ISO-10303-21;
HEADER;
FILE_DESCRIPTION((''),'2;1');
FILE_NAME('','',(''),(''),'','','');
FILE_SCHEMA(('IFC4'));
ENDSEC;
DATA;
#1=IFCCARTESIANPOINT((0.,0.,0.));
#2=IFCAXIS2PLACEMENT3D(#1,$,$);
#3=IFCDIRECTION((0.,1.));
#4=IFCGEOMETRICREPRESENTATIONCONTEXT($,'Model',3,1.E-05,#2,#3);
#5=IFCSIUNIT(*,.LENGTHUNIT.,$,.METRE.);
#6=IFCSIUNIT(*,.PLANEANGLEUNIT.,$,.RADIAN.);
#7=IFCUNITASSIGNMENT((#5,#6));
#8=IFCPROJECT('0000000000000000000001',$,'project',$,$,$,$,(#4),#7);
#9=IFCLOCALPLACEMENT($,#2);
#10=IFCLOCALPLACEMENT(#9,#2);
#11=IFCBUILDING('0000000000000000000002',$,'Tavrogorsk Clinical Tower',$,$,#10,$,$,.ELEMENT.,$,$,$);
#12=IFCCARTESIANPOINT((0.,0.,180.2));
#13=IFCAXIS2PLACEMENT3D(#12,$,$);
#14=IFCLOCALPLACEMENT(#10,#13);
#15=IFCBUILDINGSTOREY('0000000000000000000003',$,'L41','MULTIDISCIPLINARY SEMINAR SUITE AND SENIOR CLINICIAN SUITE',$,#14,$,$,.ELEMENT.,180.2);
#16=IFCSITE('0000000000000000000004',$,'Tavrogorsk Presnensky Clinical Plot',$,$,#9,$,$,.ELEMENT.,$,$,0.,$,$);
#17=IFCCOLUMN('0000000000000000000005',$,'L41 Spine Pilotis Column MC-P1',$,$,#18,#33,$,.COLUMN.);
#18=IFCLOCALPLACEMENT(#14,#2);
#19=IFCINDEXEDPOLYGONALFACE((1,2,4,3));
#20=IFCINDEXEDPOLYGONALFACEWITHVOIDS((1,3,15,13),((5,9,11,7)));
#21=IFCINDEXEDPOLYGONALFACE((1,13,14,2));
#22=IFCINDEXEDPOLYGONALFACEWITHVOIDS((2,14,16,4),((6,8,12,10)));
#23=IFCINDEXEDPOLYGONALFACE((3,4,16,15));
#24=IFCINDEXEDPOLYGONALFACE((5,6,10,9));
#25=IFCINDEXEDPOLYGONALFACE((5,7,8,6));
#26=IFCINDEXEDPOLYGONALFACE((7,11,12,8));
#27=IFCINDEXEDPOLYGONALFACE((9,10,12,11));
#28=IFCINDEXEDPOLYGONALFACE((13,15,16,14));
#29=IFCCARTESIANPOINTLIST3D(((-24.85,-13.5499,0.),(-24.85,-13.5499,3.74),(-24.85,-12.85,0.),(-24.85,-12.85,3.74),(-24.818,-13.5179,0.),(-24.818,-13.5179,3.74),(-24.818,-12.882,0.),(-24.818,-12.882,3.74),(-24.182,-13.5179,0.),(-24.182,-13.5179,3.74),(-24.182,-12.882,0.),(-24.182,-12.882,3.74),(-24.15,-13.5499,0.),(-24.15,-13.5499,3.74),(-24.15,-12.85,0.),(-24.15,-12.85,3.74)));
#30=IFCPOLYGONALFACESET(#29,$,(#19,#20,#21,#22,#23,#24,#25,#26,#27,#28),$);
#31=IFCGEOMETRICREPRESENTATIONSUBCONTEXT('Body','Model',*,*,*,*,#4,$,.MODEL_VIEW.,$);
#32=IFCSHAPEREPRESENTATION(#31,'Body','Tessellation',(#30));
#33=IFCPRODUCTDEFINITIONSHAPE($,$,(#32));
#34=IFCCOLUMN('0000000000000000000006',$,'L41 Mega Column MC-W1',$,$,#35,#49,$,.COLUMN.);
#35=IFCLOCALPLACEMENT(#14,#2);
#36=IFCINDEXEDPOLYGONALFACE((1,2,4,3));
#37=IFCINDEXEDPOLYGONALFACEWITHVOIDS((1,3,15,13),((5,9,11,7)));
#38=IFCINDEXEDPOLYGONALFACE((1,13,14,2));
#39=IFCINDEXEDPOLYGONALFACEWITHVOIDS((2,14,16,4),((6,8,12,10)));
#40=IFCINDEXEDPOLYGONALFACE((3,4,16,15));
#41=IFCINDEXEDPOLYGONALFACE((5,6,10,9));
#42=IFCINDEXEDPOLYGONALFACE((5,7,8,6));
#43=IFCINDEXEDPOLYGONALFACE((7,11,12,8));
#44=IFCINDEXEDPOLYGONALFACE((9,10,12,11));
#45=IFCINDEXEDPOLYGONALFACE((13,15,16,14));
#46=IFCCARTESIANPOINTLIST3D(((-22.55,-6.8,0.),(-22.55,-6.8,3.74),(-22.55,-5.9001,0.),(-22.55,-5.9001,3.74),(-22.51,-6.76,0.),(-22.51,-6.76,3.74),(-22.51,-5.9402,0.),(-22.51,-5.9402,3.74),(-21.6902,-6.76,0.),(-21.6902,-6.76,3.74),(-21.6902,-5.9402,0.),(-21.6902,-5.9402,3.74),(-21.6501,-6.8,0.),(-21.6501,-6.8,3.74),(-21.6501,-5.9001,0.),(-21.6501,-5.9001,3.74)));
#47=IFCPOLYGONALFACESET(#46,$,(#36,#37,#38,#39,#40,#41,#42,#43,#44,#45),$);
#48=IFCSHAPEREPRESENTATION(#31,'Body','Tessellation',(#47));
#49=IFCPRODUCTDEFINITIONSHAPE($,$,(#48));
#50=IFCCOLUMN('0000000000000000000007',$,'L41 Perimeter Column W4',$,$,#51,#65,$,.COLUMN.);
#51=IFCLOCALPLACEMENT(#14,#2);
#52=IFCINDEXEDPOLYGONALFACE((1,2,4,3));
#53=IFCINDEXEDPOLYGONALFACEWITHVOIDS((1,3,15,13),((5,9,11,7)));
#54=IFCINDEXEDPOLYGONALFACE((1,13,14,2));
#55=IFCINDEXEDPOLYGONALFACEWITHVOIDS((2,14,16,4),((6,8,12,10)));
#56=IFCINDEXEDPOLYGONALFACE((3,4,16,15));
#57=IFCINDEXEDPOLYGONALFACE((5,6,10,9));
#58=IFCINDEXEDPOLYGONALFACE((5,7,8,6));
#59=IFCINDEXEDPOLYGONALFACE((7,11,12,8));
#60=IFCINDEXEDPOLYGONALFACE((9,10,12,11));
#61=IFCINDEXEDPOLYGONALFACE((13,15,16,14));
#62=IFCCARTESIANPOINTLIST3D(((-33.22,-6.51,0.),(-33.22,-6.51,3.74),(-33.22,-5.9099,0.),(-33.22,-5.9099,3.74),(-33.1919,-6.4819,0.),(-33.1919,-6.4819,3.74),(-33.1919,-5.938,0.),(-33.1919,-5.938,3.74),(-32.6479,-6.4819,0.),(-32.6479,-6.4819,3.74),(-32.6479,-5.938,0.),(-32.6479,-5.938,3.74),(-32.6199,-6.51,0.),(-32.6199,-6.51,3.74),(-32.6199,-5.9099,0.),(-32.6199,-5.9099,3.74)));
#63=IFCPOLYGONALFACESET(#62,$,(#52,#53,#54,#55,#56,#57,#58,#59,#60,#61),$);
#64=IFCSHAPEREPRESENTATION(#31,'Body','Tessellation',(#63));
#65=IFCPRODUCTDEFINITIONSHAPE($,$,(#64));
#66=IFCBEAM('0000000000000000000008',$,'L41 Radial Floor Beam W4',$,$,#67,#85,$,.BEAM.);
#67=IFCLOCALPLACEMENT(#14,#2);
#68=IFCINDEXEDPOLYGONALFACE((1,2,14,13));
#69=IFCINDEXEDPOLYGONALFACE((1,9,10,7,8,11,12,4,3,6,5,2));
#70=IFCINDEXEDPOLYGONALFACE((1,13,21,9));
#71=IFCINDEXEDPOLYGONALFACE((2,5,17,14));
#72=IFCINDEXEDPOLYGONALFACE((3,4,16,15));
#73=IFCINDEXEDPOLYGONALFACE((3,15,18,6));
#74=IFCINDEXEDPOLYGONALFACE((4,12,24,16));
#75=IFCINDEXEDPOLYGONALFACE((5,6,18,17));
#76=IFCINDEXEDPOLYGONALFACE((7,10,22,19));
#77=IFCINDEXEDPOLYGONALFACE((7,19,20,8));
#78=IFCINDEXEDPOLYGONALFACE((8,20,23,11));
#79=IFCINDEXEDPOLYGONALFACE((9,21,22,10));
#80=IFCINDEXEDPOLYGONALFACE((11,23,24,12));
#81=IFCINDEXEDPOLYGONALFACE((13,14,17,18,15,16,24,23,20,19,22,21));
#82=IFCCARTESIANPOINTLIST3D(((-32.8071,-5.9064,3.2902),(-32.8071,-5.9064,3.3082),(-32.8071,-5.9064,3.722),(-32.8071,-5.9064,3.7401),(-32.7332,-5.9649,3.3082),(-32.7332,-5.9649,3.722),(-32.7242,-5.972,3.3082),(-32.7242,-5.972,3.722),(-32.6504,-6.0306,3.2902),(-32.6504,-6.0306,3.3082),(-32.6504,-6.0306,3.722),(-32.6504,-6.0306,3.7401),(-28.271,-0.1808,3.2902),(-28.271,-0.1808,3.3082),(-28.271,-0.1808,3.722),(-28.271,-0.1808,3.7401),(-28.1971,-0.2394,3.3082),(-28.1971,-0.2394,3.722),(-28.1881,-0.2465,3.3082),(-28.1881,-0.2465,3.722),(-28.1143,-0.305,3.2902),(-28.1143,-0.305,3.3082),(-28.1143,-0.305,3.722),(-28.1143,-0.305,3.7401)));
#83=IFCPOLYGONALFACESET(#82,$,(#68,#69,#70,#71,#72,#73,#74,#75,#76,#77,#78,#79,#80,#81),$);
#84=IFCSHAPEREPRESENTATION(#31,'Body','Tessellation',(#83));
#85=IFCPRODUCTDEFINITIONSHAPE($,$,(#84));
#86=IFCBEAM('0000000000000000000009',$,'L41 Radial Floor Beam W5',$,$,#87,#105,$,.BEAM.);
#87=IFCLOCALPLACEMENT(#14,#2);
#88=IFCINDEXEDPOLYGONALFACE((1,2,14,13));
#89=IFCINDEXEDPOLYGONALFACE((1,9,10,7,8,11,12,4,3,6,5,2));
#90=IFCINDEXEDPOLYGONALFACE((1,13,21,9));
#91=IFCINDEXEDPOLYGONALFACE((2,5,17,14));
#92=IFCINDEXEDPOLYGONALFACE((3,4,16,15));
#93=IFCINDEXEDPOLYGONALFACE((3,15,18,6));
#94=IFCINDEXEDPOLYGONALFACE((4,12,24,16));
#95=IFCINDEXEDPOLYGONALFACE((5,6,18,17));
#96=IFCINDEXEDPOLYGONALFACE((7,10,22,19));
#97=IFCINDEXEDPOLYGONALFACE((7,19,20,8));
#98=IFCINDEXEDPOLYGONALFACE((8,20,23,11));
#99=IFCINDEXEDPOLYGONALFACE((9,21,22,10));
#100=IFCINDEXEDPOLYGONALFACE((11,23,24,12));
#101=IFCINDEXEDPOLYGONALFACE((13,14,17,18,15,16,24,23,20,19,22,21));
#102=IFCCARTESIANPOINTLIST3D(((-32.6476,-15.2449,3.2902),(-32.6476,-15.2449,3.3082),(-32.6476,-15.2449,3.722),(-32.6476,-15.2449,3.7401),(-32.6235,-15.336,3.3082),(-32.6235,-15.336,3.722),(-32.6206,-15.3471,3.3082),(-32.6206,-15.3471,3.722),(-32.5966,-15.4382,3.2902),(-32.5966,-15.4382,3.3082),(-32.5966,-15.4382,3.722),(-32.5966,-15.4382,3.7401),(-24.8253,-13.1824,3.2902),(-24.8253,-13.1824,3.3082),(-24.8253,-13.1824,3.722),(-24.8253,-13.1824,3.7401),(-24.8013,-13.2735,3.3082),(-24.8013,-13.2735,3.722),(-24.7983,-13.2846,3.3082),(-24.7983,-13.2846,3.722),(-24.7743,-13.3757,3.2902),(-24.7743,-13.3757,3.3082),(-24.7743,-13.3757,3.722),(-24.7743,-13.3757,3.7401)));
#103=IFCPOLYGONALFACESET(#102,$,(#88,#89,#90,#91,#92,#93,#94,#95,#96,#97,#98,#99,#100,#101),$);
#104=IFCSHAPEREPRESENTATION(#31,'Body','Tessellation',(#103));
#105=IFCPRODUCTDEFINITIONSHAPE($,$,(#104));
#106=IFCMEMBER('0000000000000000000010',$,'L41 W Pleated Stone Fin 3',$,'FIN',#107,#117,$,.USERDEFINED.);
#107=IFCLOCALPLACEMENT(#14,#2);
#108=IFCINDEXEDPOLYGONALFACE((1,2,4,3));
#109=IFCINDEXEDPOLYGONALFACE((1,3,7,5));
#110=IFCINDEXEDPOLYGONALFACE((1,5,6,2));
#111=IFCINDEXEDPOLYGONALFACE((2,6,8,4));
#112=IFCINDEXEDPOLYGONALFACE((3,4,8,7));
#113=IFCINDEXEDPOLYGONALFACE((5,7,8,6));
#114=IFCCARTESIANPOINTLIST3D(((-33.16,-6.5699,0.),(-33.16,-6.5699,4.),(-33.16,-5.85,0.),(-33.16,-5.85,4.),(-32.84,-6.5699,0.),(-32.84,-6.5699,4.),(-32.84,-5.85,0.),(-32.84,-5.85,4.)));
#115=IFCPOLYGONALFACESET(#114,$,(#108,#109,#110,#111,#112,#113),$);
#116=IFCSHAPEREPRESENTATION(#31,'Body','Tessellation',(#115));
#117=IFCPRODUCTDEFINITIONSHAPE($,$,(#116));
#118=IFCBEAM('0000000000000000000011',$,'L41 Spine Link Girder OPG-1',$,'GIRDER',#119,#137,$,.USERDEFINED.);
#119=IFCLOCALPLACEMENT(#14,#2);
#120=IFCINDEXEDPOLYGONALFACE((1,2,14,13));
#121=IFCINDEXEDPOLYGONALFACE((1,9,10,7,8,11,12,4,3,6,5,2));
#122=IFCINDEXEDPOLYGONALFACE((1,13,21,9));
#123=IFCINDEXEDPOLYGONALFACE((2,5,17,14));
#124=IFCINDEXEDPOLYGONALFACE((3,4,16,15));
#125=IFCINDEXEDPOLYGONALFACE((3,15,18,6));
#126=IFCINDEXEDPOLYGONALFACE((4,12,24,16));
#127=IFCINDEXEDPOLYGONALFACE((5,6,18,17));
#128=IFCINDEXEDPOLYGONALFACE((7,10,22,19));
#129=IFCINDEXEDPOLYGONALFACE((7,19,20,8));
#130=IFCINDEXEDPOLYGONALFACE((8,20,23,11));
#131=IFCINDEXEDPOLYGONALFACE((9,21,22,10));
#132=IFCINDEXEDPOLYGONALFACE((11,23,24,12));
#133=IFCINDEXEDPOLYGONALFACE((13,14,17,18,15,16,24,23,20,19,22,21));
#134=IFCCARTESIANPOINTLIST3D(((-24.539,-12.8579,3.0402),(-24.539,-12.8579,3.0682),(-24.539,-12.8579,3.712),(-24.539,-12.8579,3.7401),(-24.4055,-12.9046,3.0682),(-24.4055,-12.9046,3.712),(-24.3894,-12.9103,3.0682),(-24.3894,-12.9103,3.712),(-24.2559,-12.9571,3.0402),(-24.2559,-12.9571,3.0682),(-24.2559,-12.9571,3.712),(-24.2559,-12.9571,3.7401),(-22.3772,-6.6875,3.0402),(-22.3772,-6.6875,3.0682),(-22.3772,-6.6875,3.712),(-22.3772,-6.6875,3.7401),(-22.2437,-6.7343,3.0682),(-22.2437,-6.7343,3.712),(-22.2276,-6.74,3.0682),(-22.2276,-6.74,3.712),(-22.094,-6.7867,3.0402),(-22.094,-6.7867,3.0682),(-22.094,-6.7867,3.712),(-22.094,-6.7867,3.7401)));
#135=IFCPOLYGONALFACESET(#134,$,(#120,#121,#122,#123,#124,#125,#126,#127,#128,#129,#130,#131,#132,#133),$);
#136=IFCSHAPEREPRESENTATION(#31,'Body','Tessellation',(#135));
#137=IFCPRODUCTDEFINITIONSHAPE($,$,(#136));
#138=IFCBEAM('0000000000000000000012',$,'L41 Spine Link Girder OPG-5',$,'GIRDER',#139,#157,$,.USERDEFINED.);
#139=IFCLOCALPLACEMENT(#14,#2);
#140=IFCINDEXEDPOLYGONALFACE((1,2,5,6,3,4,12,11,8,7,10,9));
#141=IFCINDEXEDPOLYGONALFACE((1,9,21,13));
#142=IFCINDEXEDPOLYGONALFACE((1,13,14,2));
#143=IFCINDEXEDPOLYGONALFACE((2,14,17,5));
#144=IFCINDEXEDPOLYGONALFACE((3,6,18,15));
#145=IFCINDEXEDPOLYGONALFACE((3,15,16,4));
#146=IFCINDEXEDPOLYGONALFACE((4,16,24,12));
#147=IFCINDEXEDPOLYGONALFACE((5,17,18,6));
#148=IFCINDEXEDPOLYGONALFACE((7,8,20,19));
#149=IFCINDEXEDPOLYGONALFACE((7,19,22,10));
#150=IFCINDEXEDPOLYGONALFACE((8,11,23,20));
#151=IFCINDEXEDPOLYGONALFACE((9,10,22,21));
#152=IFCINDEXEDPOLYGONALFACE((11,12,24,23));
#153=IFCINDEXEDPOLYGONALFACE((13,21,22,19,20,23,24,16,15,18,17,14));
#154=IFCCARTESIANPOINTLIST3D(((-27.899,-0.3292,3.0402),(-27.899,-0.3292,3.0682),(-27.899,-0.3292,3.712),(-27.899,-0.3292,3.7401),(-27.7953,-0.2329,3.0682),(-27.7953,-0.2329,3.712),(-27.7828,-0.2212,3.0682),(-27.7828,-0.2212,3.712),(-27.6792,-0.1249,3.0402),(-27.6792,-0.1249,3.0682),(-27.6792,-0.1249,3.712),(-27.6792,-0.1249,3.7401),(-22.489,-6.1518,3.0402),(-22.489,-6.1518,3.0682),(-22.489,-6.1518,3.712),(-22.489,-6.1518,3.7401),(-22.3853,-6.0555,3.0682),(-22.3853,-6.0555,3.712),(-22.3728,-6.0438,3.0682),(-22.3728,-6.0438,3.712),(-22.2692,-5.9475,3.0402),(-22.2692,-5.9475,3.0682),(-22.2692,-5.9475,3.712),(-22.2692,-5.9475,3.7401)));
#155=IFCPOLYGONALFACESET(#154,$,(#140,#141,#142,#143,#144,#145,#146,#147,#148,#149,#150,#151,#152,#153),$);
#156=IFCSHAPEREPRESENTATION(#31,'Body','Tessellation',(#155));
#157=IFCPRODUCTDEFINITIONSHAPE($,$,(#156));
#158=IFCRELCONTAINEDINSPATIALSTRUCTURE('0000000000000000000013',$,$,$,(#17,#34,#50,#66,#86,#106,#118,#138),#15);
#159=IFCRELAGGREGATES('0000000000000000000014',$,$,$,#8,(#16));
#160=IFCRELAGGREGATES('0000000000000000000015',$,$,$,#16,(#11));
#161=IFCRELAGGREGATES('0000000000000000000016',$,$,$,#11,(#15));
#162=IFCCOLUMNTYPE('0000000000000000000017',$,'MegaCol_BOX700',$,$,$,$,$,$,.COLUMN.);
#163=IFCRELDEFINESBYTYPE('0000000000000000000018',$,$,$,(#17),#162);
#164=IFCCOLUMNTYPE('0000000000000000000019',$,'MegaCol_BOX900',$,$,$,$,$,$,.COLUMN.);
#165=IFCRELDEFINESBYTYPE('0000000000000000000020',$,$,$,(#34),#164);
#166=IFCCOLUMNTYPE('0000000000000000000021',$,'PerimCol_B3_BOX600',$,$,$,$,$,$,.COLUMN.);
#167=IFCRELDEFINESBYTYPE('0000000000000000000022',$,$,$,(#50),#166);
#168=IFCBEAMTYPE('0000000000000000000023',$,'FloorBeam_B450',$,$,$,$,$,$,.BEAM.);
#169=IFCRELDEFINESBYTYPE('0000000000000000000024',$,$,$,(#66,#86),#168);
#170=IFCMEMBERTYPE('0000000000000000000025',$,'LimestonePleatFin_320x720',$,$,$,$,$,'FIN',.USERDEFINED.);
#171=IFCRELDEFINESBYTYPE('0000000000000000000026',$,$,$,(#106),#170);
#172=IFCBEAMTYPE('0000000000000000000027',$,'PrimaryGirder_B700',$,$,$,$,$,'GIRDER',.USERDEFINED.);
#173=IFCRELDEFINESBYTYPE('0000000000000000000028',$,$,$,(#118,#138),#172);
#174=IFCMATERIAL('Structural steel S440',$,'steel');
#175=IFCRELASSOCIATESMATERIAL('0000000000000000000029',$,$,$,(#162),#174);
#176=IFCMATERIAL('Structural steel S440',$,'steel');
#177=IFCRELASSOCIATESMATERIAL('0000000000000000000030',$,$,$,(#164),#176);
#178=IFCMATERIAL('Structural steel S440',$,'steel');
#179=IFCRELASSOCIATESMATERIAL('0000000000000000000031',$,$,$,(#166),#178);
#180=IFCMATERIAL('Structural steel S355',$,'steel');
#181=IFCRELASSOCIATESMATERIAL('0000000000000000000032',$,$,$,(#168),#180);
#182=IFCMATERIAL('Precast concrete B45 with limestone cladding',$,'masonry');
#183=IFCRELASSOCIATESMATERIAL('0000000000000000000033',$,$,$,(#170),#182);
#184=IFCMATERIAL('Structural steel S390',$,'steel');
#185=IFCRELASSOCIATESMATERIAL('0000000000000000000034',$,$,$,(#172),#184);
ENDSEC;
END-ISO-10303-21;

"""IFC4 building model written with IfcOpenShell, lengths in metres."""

from ifc_helpers import new_model, si_unit, direction, frame, origin, origin_2d, place, context, subcontext, project, spatial, rectangle, hollow_rectangle, i_section, extrude, material, material_profile, profile_set, type_object, element, save


model = new_model("IFC4")

# Units and contexts
model_context = context("Model", 3, precision=1e-05, world=origin(), true_north=direction((0.0, 1.0)))
body_context = subcontext(model_context, "Body", "Model", "MODEL_VIEW")
ifc_project = project(units=[si_unit("LENGTHUNIT", "METRE"), si_unit("PLANEANGLEUNIT", "RADIAN")], contexts=[model_context])

# Site, building, storey
site_placement = place(None, origin())
site = spatial("IfcSite", under=ifc_project, at=site_placement, Name="Tavrogorsk Presnensky Clinical Plot", CompositionType="ELEMENT", RefElevation=0.0)
building_placement = place(site_placement, origin())
building = spatial("IfcBuilding", under=site, at=building_placement, Name="Tavrogorsk Clinical Tower", CompositionType="ELEMENT")
storey_placement = place(building_placement, frame((0.0, 0.0, 180.2)))
storey = spatial("IfcBuildingStorey", under=building, at=storey_placement, Name="L41", Description="MULTIDISCIPLINARY SEMINAR SUITE AND SENIOR CLINICIAN SUITE", CompositionType="ELEMENT", Elevation=180.2)

# Columns
ifc_material_1 = material(Name="Structural steel S440", Category="steel")
ifc_material_profile_1 = material_profile(ifc_material_1, hollow_rectangle(XDim=0.7, YDim=0.7, WallThickness=0.032, at=origin_2d()), Name="BOX-700x700x32")
ifc_profile_set_1 = profile_set([ifc_material_profile_1], Name="Structural steel S440")
column_type_1 = type_object("IfcColumnType", Name="MegaCol_BOX700", PredefinedType="COLUMN", material=ifc_profile_set_1)
column_1_placement = place(storey_placement, frame((-24.5, -13.2, 0.0), z_axis=(0.0, 0.0, 1.0), x_axis=(1.0, 0.0, 0.0)))
element("IfcColumn", 1, at=column_1_placement, inside=storey, type_object=column_type_1, Name="L41 Spine Pilotis Column MC-P1", PredefinedType="COLUMN", context=body_context, shape_type="SweptSolid", body=[
    extrude(hollow_rectangle(XDim=0.7, YDim=0.7, WallThickness=0.032, at=origin_2d()), origin(), (0.0, 0.0, 1.0), 3.74),
])
ifc_material_2 = material(Name="Structural steel S440", Category="steel")
ifc_material_profile_2 = material_profile(ifc_material_2, hollow_rectangle(XDim=0.8999, YDim=0.8999, WallThickness=0.04, at=origin_2d()), Name="BOX-900x900x40")
ifc_profile_set_2 = profile_set([ifc_material_profile_2], Name="Structural steel S440")
column_type_2 = type_object("IfcColumnType", Name="MegaCol_BOX900", PredefinedType="COLUMN", material=ifc_profile_set_2)
column_2_placement = place(storey_placement, frame((-22.1001, -6.3501, 0.0), z_axis=(0.0, 0.0, 1.0), x_axis=(1.0, 0.0, 0.0)))
element("IfcColumn", 2, at=column_2_placement, inside=storey, type_object=column_type_2, Name="L41 Mega Column MC-W1", PredefinedType="COLUMN", context=body_context, shape_type="SweptSolid", body=[
    extrude(hollow_rectangle(XDim=0.8999, YDim=0.8999, WallThickness=0.04, at=origin_2d()), origin(), (0.0, 0.0, 1.0), 3.74),
])
ifc_material_3 = material(Name="Structural steel S440", Category="steel")
ifc_material_profile_3 = material_profile(ifc_material_3, hollow_rectangle(XDim=0.6001, YDim=0.6001, WallThickness=0.0281, at=origin_2d()), Name="BOX-600x600x28")
ifc_profile_set_3 = profile_set([ifc_material_profile_3], Name="Structural steel S440")
column_type_3 = type_object("IfcColumnType", Name="PerimCol_B3_BOX600", PredefinedType="COLUMN", material=ifc_profile_set_3)
column_3_placement = place(storey_placement, frame((-32.9199, -6.21, 0.0), z_axis=(0.0, 0.0, 1.0), x_axis=(1.0, 0.0, 0.0)))
element("IfcColumn", 3, at=column_3_placement, inside=storey, type_object=column_type_3, Name="L41 Perimeter Column W4", PredefinedType="COLUMN", context=body_context, shape_type="SweptSolid", body=[
    extrude(hollow_rectangle(XDim=0.6001, YDim=0.6001, WallThickness=0.0281, at=origin_2d()), origin(), (0.0, 0.0, 1.0), 3.74),
])

# Beams
ifc_material_4 = material(Name="Structural steel S355", Category="steel")
ifc_material_profile_4 = material_profile(ifc_material_4, i_section(OverallWidth=0.2, OverallDepth=0.45, WebThickness=0.0115, FlangeThickness=0.0181, at=origin_2d()), Name="B-450x200x11.5x18")
ifc_profile_set_4 = profile_set([ifc_material_profile_4], Name="Structural steel S355")
beam_type_1 = type_object("IfcBeamType", Name="FloorBeam_B450", PredefinedType="BEAM", material=ifc_profile_set_4)
beam_1_placement = place(storey_placement, frame((-28.1926, -0.2429, 3.5151), z_axis=(-0.620987, -0.783821, 0.0), x_axis=(0.783821, -0.620987, 0.0)))
element("IfcBeam", 4, at=beam_1_placement, inside=storey, type_object=beam_type_1, Name="L41 Radial Floor Beam W4", PredefinedType="BEAM", context=body_context, shape_type="SweptSolid", body=[
    extrude(i_section(OverallWidth=0.2, OverallDepth=0.45, WebThickness=0.0115, FlangeThickness=0.0181, at=origin_2d()), origin(), (0.0, 0.0, 1.0), 7.3047),
])
beam_2_placement = place(storey_placement, frame((-24.7998, -13.2791, 3.5151), z_axis=(-0.966952, -0.254957, 0.0), x_axis=(0.254957, -0.966952, 0.0)))
element("IfcBeam", 5, at=beam_2_placement, inside=storey, type_object=beam_type_1, Name="L41 Radial Floor Beam W5", PredefinedType="BEAM", context=body_context, shape_type="SweptSolid", body=[
    extrude(i_section(OverallWidth=0.2, OverallDepth=0.45, WebThickness=0.0115, FlangeThickness=0.0181, at=origin_2d()), origin(), (0.0, 0.0, 1.0), 8.0896),
])

# Member
ifc_material_5 = material(Name="Precast concrete B45 with limestone cladding", Category="masonry")
ifc_material_profile_5 = material_profile(ifc_material_5, rectangle(XDim=0.3201, YDim=0.72, at=origin_2d()), Name="LIMESTONE-FIN-320x720")
ifc_profile_set_5 = profile_set([ifc_material_profile_5], Name="Precast concrete B45 with limestone cladding")
member_type = type_object("IfcMemberType", Name="LimestonePleatFin_320x720", ElementType="FIN", PredefinedType="USERDEFINED", material=ifc_profile_set_5)
member_placement = place(storey_placement, frame((-33.0, -6.21, 0.0), z_axis=(0.0, 0.0, 1.0), x_axis=(1.0, 0.0, 0.0)))
element("IfcMember", 6, at=member_placement, inside=storey, type_object=member_type, Name="L41 W Pleated Stone Fin 3", ObjectType="FIN", PredefinedType="USERDEFINED", context=body_context, shape_type="SweptSolid", body=[
    extrude(rectangle(XDim=0.3201, YDim=0.72, at=origin_2d()), origin(), (0.0, 0.0, 1.0), 4.0),
])

# Beams
ifc_material_6 = material(Name="Structural steel S390", Category="steel")
ifc_material_profile_6 = material_profile(ifc_material_6, i_section(OverallWidth=0.3, OverallDepth=0.7, WebThickness=0.0171, FlangeThickness=0.0281, at=origin_2d()), Name="B-700x300x17x28")
ifc_profile_set_6 = profile_set([ifc_material_profile_6], Name="Structural steel S390")
beam_type_2 = type_object("IfcBeamType", Name="PrimaryGirder_B700", ElementType="GIRDER", PredefinedType="USERDEFINED", material=ifc_profile_set_6)
beam_3_placement = place(storey_placement, frame((-24.3975, -12.9075, 3.3901), z_axis=(0.330653, 0.943752, 0.0), x_axis=(-0.943752, 0.330653, 0.0)))
element("IfcBeam", 7, at=beam_3_placement, inside=storey, type_object=beam_type_2, Name="L41 Spine Link Girder OPG-1", ObjectType="GIRDER", PredefinedType="USERDEFINED", context=body_context, shape_type="SweptSolid", body=[
    extrude(i_section(OverallWidth=0.3, OverallDepth=0.7, WebThickness=0.0171, FlangeThickness=0.0281, at=origin_2d()), origin(), (0.0, 0.0, 1.0), 6.5381),
])
beam_4_placement = place(storey_placement, frame((-27.7891, -0.2271, 3.3901), z_axis=(0.680674, -0.732587, 0.0), x_axis=(0.732587, 0.680674, 0.0)))
element("IfcBeam", 8, at=beam_4_placement, inside=storey, type_object=beam_type_2, Name="L41 Spine Link Girder OPG-5", ObjectType="GIRDER", PredefinedType="USERDEFINED", context=body_context, shape_type="SweptSolid", body=[
    extrude(i_section(OverallWidth=0.3, OverallDepth=0.7, WebThickness=0.0171, FlangeThickness=0.0281, at=origin_2d()), origin(), (0.0, 0.0, 1.0), 7.948),
])

save(model, "model.ifc")
